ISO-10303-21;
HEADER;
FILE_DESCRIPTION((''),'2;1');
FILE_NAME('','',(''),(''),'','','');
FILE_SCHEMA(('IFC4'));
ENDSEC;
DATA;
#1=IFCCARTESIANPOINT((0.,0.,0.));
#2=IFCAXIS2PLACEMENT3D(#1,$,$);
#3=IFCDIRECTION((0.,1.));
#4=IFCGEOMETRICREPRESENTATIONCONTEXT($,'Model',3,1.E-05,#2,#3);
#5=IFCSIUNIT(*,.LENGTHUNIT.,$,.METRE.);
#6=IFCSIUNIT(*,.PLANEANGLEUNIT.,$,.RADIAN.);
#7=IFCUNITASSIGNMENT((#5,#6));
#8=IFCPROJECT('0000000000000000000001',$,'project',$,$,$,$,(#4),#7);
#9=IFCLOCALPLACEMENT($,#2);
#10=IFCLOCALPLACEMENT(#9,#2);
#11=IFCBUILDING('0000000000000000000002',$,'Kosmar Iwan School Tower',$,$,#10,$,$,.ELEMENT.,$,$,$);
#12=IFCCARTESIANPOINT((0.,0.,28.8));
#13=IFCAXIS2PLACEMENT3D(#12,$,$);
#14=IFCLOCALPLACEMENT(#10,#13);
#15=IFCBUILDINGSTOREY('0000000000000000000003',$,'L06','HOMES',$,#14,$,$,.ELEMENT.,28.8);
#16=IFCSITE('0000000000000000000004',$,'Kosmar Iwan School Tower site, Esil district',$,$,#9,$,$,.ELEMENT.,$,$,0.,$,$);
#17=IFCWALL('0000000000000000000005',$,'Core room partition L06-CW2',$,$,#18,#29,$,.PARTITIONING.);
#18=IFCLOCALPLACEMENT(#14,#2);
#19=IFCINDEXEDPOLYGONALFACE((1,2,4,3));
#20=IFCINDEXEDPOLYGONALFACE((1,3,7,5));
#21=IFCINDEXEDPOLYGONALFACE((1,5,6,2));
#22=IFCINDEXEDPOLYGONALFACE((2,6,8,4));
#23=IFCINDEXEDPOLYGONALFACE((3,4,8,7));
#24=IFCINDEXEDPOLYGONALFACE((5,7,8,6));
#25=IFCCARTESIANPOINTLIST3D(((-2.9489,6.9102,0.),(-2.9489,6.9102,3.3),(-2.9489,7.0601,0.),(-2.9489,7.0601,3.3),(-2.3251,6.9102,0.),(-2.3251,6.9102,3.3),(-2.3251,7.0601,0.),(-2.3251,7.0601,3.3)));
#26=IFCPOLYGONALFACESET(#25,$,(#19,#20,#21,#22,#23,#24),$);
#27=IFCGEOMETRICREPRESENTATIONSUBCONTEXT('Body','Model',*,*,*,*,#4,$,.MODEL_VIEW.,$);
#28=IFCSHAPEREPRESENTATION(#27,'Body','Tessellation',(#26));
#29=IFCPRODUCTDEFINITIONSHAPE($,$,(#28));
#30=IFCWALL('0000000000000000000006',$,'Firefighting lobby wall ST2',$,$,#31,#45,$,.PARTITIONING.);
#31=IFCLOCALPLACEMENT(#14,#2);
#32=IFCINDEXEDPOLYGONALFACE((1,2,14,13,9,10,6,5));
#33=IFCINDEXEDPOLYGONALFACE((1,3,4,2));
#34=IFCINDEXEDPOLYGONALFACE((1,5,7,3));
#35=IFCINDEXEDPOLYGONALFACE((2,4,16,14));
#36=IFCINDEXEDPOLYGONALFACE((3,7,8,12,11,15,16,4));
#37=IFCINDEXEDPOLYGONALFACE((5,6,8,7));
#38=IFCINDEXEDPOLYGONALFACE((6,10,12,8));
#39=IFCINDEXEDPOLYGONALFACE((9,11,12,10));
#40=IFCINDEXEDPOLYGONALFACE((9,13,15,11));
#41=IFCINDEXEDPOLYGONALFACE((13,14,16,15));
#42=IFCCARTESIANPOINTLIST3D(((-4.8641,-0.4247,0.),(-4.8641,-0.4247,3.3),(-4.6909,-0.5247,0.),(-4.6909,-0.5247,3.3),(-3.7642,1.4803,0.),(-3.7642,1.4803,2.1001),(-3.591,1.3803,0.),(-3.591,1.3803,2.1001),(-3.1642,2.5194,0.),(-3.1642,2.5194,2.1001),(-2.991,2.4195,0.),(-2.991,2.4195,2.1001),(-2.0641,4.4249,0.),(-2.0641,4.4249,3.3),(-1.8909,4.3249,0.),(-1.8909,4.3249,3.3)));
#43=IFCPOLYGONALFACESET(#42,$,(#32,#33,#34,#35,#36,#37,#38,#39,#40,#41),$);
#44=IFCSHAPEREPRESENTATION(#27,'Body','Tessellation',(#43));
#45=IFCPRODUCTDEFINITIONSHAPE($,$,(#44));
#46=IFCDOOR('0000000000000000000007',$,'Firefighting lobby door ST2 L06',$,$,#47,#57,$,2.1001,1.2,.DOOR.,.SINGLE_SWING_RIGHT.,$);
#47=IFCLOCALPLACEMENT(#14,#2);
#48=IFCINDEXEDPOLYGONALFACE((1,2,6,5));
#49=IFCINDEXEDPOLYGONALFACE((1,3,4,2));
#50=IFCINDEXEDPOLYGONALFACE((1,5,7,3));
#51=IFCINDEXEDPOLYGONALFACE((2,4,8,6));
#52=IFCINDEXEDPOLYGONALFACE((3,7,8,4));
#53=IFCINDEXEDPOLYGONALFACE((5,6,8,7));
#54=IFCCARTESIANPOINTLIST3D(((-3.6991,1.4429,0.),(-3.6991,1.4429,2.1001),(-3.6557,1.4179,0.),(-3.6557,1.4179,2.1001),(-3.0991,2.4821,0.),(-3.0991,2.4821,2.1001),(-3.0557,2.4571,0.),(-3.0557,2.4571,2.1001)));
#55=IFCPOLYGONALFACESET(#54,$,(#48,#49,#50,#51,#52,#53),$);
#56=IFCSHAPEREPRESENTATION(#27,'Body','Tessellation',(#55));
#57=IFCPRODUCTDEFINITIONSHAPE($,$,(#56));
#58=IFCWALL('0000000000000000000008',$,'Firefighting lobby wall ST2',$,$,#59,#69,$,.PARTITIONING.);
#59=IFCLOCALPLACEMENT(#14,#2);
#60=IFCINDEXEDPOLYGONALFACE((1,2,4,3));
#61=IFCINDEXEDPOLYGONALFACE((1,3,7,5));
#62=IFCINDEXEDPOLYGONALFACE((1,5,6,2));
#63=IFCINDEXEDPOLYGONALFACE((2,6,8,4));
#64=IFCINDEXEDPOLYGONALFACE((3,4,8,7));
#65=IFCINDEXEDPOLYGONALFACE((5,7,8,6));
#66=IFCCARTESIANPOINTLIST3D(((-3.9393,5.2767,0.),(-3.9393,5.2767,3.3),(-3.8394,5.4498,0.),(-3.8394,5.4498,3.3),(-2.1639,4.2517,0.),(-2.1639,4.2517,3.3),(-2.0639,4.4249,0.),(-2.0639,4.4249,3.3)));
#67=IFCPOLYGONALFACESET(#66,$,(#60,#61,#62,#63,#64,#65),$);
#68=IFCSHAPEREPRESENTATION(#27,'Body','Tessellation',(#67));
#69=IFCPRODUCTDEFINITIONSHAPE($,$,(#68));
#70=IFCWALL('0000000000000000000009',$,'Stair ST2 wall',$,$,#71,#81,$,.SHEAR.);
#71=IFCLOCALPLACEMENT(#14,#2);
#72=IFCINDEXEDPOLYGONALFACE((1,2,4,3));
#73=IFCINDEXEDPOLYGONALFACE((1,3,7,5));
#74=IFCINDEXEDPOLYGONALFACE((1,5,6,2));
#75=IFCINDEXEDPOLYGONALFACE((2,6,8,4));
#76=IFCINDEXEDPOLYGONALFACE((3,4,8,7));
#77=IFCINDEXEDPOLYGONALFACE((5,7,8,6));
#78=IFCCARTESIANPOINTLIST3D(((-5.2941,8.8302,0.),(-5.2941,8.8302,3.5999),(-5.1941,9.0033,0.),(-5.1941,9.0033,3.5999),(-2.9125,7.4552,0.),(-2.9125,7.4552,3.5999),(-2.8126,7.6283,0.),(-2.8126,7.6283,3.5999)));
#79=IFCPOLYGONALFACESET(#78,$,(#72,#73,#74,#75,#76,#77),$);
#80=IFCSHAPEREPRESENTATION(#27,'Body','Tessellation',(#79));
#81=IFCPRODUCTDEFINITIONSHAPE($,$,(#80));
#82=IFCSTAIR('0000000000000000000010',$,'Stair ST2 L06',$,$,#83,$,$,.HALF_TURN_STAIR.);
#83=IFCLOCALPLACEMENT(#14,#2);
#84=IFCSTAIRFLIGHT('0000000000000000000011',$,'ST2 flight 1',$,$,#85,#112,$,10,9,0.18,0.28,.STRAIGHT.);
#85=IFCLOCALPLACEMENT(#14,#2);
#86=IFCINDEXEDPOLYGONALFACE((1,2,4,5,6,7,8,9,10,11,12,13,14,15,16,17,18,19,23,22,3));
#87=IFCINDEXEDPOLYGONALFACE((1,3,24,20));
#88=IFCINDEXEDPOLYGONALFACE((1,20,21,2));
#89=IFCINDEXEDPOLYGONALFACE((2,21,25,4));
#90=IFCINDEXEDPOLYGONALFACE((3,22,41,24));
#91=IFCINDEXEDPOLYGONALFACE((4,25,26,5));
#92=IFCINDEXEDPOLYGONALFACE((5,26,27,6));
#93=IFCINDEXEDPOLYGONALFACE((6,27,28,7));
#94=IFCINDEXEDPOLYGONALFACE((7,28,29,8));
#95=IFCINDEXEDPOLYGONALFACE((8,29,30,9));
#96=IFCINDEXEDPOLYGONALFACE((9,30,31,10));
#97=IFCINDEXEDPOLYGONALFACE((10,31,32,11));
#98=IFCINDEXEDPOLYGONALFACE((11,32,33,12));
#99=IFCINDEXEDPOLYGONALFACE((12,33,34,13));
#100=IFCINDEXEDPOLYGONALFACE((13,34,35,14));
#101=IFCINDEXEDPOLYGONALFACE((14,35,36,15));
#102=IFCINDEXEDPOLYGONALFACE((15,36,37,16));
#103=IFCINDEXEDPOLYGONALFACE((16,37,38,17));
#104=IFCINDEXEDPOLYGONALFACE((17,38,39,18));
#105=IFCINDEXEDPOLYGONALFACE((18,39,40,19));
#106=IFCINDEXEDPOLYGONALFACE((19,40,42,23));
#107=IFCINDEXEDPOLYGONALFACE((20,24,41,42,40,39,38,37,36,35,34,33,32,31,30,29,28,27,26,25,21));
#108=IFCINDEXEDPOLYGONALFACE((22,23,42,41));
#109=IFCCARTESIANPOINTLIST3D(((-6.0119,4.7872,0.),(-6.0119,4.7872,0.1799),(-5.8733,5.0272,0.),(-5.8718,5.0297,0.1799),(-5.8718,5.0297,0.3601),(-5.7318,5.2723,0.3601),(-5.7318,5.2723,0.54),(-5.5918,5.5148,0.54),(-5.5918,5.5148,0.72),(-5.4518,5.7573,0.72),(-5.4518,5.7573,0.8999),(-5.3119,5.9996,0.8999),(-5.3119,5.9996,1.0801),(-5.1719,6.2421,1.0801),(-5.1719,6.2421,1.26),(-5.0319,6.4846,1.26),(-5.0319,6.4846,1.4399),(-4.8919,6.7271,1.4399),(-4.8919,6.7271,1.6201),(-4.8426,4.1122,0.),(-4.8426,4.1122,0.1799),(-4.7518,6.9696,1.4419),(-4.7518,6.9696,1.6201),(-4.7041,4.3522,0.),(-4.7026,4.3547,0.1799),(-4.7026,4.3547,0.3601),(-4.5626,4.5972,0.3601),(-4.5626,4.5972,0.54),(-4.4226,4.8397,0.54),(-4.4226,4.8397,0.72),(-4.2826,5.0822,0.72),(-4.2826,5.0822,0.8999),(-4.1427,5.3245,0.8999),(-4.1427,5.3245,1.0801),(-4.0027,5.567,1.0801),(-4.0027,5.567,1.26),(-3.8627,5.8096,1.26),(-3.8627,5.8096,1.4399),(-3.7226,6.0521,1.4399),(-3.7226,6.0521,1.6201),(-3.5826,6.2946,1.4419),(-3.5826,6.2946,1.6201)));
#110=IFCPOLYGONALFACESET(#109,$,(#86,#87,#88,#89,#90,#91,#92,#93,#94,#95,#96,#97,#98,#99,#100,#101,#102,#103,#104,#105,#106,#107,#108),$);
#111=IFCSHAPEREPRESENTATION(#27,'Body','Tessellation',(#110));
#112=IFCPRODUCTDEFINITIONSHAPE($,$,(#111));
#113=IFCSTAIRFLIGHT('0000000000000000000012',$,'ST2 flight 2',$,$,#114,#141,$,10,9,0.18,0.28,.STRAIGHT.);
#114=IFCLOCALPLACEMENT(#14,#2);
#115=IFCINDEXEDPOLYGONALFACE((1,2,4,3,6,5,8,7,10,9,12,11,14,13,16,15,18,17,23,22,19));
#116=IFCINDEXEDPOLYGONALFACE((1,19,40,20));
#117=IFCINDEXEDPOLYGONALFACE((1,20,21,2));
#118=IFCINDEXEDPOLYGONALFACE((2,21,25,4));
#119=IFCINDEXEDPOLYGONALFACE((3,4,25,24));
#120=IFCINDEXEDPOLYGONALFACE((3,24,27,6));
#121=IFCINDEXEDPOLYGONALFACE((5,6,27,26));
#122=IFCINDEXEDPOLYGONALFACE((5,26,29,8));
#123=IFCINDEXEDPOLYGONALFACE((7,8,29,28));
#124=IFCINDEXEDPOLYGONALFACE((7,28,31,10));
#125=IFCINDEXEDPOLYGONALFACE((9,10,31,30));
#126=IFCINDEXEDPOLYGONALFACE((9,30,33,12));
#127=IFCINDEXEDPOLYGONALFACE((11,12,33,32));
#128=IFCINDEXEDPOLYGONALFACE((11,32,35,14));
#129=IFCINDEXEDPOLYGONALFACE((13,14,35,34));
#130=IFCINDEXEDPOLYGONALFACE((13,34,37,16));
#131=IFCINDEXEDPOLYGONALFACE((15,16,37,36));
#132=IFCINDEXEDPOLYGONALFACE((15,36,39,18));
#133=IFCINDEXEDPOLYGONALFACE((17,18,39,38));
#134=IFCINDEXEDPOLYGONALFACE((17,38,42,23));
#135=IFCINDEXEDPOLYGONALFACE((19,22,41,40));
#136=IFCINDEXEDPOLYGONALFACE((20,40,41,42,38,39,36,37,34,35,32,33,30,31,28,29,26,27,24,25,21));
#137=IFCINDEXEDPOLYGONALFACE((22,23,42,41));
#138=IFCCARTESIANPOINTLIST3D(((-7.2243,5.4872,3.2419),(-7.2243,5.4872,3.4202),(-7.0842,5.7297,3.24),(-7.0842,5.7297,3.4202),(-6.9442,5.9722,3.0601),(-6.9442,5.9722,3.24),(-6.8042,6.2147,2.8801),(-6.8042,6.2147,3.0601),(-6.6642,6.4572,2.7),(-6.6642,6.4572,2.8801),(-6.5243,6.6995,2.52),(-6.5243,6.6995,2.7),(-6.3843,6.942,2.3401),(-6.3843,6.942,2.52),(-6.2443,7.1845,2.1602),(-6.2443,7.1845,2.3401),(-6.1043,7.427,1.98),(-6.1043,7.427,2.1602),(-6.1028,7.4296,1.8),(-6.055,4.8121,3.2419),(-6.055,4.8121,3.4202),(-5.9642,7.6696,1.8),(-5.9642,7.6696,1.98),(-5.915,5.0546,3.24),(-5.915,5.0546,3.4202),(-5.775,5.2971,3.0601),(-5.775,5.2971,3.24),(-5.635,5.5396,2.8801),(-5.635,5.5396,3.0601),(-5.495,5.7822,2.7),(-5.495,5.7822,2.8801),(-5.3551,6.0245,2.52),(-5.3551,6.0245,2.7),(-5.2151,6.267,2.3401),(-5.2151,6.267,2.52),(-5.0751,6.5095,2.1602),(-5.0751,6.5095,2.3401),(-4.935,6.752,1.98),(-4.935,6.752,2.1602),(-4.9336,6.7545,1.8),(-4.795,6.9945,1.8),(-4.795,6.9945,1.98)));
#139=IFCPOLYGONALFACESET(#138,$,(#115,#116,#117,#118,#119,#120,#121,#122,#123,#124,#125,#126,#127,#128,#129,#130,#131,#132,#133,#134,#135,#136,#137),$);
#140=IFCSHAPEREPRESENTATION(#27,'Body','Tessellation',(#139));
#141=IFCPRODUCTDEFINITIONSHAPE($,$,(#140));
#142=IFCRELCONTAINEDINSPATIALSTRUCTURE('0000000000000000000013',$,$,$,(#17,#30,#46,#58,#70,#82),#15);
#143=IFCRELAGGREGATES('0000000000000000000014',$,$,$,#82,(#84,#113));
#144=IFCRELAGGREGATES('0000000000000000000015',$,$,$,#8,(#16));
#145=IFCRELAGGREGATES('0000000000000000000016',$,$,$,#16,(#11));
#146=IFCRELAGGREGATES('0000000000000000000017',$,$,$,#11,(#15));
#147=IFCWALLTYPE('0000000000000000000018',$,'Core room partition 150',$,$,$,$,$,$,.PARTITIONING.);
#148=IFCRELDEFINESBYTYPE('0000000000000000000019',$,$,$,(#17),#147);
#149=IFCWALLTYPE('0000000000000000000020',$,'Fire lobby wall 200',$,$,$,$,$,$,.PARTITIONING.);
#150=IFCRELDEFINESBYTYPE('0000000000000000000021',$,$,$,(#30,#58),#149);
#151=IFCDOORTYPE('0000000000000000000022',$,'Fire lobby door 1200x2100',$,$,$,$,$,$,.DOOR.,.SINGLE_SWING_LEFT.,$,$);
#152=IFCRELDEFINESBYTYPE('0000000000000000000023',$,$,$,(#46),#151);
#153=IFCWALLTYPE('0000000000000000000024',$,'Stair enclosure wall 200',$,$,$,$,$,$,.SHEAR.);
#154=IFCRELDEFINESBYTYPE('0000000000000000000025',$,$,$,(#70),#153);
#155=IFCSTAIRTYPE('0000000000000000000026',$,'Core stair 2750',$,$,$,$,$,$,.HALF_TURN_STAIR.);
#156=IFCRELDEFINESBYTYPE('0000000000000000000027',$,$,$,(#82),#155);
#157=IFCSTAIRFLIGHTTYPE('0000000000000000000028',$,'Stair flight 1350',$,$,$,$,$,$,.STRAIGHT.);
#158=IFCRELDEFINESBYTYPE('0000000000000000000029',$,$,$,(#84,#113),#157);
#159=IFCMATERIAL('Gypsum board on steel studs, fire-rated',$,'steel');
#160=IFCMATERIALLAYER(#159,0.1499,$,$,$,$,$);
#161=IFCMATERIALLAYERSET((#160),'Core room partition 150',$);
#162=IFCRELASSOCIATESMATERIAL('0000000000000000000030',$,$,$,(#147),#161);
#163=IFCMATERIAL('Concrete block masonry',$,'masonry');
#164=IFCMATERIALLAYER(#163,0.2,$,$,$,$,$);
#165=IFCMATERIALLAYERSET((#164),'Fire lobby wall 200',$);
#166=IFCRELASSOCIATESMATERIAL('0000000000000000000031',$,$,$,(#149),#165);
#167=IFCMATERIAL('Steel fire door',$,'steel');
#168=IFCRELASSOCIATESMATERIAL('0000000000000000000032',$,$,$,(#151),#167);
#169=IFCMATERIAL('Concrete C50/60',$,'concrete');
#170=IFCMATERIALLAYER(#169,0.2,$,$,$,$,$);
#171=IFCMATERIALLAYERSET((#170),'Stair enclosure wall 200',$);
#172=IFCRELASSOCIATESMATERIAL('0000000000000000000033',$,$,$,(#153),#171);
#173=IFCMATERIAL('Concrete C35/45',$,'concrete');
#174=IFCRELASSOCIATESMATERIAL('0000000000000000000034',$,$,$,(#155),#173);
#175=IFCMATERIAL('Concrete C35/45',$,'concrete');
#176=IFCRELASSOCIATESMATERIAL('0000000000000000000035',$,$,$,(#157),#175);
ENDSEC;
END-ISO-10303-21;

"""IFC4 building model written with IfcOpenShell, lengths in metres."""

from ifc_helpers import new_model, si_unit, direction, frame, frame_2d, origin, place, context, subcontext, project, spatial, polyline, rectangle, outline, extrude, material, layer, layer_set, type_object, element, fill, aggregate, save


model = new_model("IFC4")

# Units and contexts
model_context = context("Model", 3, precision=1e-05, world=origin(), true_north=direction((0.0, 1.0)))
body_context = subcontext(model_context, "Body", "Model", "MODEL_VIEW")
ifc_project = project(units=[si_unit("LENGTHUNIT", "METRE"), si_unit("PLANEANGLEUNIT", "RADIAN")], contexts=[model_context])

# Site, building, storey
site_placement = place(None, origin())
site = spatial("IfcSite", under=ifc_project, at=site_placement, Name="Kosmar Iwan School Tower site, Esil district", CompositionType="ELEMENT", RefElevation=0.0)
building_placement = place(site_placement, origin())
building = spatial("IfcBuilding", under=site, at=building_placement, Name="Kosmar Iwan School Tower", CompositionType="ELEMENT")
storey_placement = place(building_placement, frame((0.0, 0.0, 28.8)))
storey = spatial("IfcBuildingStorey", under=building, at=storey_placement, Name="L06", Description="HOMES", CompositionType="ELEMENT", Elevation=28.8)

# Wall
ifc_material_1 = material(Name="Gypsum board on steel studs, fire-rated", Category="steel")
ifc_layer_1 = layer(ifc_material_1, 0.1499)
ifc_layer_set_1 = layer_set([ifc_layer_1], Name="Core room partition 150")
wall_type_1 = type_object("IfcWallType", Name="Core room partition 150", PredefinedType="PARTITIONING", material=ifc_layer_set_1)
wall_1_placement = place(storey_placement, frame((-2.325, 6.9851, 0.0), z_axis=(0.0, 0.0, 1.0), x_axis=(-1.0, 0.0, 0.0)))
element("IfcWall", 1, at=wall_1_placement, inside=storey, type_object=wall_type_1, Name="Core room partition L06-CW2", PredefinedType="PARTITIONING", context=body_context, shape_type="SweptSolid", body=[
    extrude(rectangle(XDim=0.6238, YDim=0.1499, at=frame_2d((0.312, 0.0))), origin(), (0.0, 0.0, 1.0), 3.3),
])

# Wall, opening, door
ifc_material_2 = material(Name="Concrete block masonry", Category="masonry")
ifc_layer_2 = layer(ifc_material_2, 0.2)
ifc_layer_set_2 = layer_set([ifc_layer_2], Name="Fire lobby wall 200")
wall_type_2 = type_object("IfcWallType", Name="Fire lobby wall 200", PredefinedType="PARTITIONING", material=ifc_layer_set_2)
wall_2_placement = place(storey_placement, frame((-1.9775, 4.3748, 0.0), z_axis=(0.0, 0.0, 1.0), x_axis=(-0.500017, -0.866016, 0.0)))
wall_2 = element("IfcWall", 2, at=wall_2_placement, inside=storey, type_object=wall_type_2, Name="Firefighting lobby wall ST2", PredefinedType="PARTITIONING", context=body_context, shape_type="SweptSolid", body=[
    extrude(rectangle(XDim=5.5999, YDim=0.2, at=frame_2d((2.7998, 0.0))), origin(), (0.0, 0.0, 1.0), 3.3),
])
opening_placement = place(wall_2_placement, frame((2.2, 0.0, 0.0)))
opening = element("IfcOpeningElement", 3, at=opening_placement, cuts=wall_2, PredefinedType="OPENING", context=body_context, shape_type="SweptSolid", body=[
    extrude(rectangle(XDim=1.2, YDim=2.1001, at=frame_2d((0.6001, 1.05))), frame((0.0, 0.1121, 0.0), z_axis=(0.0, -1.0, 0.0), x_axis=(1.0, 0.0, 0.0)), (0.0, 0.0, 1.0), 0.2239),
])
ifc_material_3 = material(Name="Steel fire door", Category="steel")
door_type = type_object("IfcDoorType", Name="Fire lobby door 1200x2100", OperationType="SINGLE_SWING_LEFT", PredefinedType="DOOR", material=ifc_material_3)
door_placement = place(opening_placement, frame((1.2, 0.0, 0.0), z_axis=(0.0, 0.0, 1.0), x_axis=(-1.0, 0.0, 0.0)))
door = element("IfcDoor", 4, at=door_placement, inside=storey, type_object=door_type, Name="Firefighting lobby door ST2 L06", OperationType="SINGLE_SWING_RIGHT", OverallHeight=2.1001, OverallWidth=1.2, PredefinedType="DOOR", context=body_context, shape_type="SweptSolid", body=[
    extrude(rectangle(XDim=1.2, YDim=2.1001, at=frame_2d((0.6001, 1.05))), frame((0.0, 0.0249, 0.0), z_axis=(0.0, -1.0, 0.0), x_axis=(1.0, 0.0, 0.0)), (0.0, 0.0, 1.0), 0.05),
])
fill(opening, door)

# Walls
wall_3_placement = place(storey_placement, frame((-2.114, 4.3384, 0.0), z_axis=(0.0, 0.0, 1.0), x_axis=(-0.866051, 0.499956, 0.0)))
element("IfcWall", 5, at=wall_3_placement, inside=storey, type_object=wall_type_2, Name="Firefighting lobby wall ST2", PredefinedType="PARTITIONING", context=body_context, shape_type="SweptSolid", body=[
    extrude(rectangle(XDim=2.05, YDim=0.2, at=frame_2d((1.0249, 0.0))), origin(), (0.0, 0.0, 1.0), 3.3),
])
ifc_material_4 = material(Name="Concrete C50/60", Category="concrete")
ifc_layer_3 = layer(ifc_material_4, 0.2)
ifc_layer_set_3 = layer_set([ifc_layer_3], Name="Stair enclosure wall 200")
wall_type_3 = type_object("IfcWallType", Name="Stair enclosure wall 200", PredefinedType="SHEAR", material=ifc_layer_set_3)
wall_4_placement = place(storey_placement, frame((-2.8625, 7.5417, 0.0), z_axis=(0.0, 0.0, 1.0), x_axis=(-0.866027, 0.499997, 0.0)))
element("IfcWall", 6, at=wall_4_placement, inside=storey, type_object=wall_type_3, Name="Stair ST2 wall", PredefinedType="SHEAR", context=body_context, shape_type="SweptSolid", body=[
    extrude(rectangle(XDim=2.75, YDim=0.2, at=frame_2d((1.375, 0.0))), origin(), (0.0, 0.0, 1.0), 3.5999),
])

# Stair, stair flights
ifc_material_5 = material(Name="Concrete C35/45", Category="concrete")
stair_type = type_object("IfcStairType", Name="Core stair 2750", PredefinedType="HALF_TURN_STAIR", material=ifc_material_5)
stair_placement = place(storey_placement, origin())
stair = element("IfcStair", 7, at=stair_placement, inside=storey, type_object=stair_type, Name="Stair ST2 L06", PredefinedType="HALF_TURN_STAIR")
ifc_material_6 = material(Name="Concrete C35/45", Category="concrete")
stair_flight_type = type_object("IfcStairFlightType", Name="Stair flight 1350", PredefinedType="STRAIGHT", material=ifc_material_6)
stair_flight_1_placement = place(storey_placement, frame((-5.4272, 4.4497, 0.0), z_axis=(0.0, 0.0, 1.0), x_axis=(0.5, 0.866025, 0.0)))
stair_flight_1 = element("IfcStairFlight", 8, at=stair_flight_1_placement, type_object=stair_flight_type, Name="ST2 flight 1", NumberOfRisers=10, NumberOfTreads=9, PredefinedType="STRAIGHT", RiserHeight=0.18, TreadLength=0.28, context=body_context, shape_type="SweptSolid", body=[
    extrude(outline(polyline([(0.0, 0.0), (0.0, 0.1799), (0.28, 0.1799), (0.28, 0.3601), (0.5601, 0.3601), (0.5601, 0.54), (0.8401, 0.54), (0.8401, 0.72), (1.1201, 0.72), (1.1201, 0.8999), (1.3999, 0.8999), (1.3999, 1.0801), (1.6799, 1.0801), (1.6799, 1.26), (1.96, 1.26), (1.96, 1.4399), (2.24, 1.4399), (2.24, 1.6201), (2.52, 1.6201), (2.52, 1.8), (2.52, 1.4419), (0.2771, 0.0), (0.0, 0.0)])), frame((0.0, 0.675, 0.0), z_axis=(0.0, -1.0, 0.0), x_axis=(1.0, 0.0, 0.0)), (0.0, 0.0, 1.0), 1.3501),
])
stair_flight_2_placement = place(storey_placement, frame((-5.3796, 7.332, 1.8), z_axis=(0.0, 0.0, 1.0), x_axis=(-0.5, -0.866025, 0.0)))
stair_flight_2 = element("IfcStairFlight", 9, at=stair_flight_2_placement, type_object=stair_flight_type, Name="ST2 flight 2", NumberOfRisers=10, NumberOfTreads=9, PredefinedType="STRAIGHT", RiserHeight=0.18, TreadLength=0.28, context=body_context, shape_type="SweptSolid", body=[
    extrude(outline(polyline([(0.0, 0.0), (0.0, 0.1799), (0.28, 0.1799), (0.28, 0.3601), (0.5601, 0.3601), (0.5601, 0.54), (0.8401, 0.54), (0.8401, 0.72), (1.1201, 0.72), (1.1201, 0.8999), (1.3999, 0.8999), (1.3999, 1.0801), (1.6799, 1.0801), (1.6799, 1.26), (1.96, 1.26), (1.96, 1.4399), (2.24, 1.4399), (2.24, 1.6201), (2.52, 1.6201), (2.52, 1.8), (2.52, 1.4419), (0.2771, 0.0), (0.0, 0.0)])), frame((0.0, 0.675, 0.0), z_axis=(0.0, -1.0, 0.0), x_axis=(1.0, 0.0, 0.0)), (0.0, 0.0, 1.0), 1.3501),
])
aggregate(stair, [stair_flight_1, stair_flight_2])

save(model, "model.ifc")
